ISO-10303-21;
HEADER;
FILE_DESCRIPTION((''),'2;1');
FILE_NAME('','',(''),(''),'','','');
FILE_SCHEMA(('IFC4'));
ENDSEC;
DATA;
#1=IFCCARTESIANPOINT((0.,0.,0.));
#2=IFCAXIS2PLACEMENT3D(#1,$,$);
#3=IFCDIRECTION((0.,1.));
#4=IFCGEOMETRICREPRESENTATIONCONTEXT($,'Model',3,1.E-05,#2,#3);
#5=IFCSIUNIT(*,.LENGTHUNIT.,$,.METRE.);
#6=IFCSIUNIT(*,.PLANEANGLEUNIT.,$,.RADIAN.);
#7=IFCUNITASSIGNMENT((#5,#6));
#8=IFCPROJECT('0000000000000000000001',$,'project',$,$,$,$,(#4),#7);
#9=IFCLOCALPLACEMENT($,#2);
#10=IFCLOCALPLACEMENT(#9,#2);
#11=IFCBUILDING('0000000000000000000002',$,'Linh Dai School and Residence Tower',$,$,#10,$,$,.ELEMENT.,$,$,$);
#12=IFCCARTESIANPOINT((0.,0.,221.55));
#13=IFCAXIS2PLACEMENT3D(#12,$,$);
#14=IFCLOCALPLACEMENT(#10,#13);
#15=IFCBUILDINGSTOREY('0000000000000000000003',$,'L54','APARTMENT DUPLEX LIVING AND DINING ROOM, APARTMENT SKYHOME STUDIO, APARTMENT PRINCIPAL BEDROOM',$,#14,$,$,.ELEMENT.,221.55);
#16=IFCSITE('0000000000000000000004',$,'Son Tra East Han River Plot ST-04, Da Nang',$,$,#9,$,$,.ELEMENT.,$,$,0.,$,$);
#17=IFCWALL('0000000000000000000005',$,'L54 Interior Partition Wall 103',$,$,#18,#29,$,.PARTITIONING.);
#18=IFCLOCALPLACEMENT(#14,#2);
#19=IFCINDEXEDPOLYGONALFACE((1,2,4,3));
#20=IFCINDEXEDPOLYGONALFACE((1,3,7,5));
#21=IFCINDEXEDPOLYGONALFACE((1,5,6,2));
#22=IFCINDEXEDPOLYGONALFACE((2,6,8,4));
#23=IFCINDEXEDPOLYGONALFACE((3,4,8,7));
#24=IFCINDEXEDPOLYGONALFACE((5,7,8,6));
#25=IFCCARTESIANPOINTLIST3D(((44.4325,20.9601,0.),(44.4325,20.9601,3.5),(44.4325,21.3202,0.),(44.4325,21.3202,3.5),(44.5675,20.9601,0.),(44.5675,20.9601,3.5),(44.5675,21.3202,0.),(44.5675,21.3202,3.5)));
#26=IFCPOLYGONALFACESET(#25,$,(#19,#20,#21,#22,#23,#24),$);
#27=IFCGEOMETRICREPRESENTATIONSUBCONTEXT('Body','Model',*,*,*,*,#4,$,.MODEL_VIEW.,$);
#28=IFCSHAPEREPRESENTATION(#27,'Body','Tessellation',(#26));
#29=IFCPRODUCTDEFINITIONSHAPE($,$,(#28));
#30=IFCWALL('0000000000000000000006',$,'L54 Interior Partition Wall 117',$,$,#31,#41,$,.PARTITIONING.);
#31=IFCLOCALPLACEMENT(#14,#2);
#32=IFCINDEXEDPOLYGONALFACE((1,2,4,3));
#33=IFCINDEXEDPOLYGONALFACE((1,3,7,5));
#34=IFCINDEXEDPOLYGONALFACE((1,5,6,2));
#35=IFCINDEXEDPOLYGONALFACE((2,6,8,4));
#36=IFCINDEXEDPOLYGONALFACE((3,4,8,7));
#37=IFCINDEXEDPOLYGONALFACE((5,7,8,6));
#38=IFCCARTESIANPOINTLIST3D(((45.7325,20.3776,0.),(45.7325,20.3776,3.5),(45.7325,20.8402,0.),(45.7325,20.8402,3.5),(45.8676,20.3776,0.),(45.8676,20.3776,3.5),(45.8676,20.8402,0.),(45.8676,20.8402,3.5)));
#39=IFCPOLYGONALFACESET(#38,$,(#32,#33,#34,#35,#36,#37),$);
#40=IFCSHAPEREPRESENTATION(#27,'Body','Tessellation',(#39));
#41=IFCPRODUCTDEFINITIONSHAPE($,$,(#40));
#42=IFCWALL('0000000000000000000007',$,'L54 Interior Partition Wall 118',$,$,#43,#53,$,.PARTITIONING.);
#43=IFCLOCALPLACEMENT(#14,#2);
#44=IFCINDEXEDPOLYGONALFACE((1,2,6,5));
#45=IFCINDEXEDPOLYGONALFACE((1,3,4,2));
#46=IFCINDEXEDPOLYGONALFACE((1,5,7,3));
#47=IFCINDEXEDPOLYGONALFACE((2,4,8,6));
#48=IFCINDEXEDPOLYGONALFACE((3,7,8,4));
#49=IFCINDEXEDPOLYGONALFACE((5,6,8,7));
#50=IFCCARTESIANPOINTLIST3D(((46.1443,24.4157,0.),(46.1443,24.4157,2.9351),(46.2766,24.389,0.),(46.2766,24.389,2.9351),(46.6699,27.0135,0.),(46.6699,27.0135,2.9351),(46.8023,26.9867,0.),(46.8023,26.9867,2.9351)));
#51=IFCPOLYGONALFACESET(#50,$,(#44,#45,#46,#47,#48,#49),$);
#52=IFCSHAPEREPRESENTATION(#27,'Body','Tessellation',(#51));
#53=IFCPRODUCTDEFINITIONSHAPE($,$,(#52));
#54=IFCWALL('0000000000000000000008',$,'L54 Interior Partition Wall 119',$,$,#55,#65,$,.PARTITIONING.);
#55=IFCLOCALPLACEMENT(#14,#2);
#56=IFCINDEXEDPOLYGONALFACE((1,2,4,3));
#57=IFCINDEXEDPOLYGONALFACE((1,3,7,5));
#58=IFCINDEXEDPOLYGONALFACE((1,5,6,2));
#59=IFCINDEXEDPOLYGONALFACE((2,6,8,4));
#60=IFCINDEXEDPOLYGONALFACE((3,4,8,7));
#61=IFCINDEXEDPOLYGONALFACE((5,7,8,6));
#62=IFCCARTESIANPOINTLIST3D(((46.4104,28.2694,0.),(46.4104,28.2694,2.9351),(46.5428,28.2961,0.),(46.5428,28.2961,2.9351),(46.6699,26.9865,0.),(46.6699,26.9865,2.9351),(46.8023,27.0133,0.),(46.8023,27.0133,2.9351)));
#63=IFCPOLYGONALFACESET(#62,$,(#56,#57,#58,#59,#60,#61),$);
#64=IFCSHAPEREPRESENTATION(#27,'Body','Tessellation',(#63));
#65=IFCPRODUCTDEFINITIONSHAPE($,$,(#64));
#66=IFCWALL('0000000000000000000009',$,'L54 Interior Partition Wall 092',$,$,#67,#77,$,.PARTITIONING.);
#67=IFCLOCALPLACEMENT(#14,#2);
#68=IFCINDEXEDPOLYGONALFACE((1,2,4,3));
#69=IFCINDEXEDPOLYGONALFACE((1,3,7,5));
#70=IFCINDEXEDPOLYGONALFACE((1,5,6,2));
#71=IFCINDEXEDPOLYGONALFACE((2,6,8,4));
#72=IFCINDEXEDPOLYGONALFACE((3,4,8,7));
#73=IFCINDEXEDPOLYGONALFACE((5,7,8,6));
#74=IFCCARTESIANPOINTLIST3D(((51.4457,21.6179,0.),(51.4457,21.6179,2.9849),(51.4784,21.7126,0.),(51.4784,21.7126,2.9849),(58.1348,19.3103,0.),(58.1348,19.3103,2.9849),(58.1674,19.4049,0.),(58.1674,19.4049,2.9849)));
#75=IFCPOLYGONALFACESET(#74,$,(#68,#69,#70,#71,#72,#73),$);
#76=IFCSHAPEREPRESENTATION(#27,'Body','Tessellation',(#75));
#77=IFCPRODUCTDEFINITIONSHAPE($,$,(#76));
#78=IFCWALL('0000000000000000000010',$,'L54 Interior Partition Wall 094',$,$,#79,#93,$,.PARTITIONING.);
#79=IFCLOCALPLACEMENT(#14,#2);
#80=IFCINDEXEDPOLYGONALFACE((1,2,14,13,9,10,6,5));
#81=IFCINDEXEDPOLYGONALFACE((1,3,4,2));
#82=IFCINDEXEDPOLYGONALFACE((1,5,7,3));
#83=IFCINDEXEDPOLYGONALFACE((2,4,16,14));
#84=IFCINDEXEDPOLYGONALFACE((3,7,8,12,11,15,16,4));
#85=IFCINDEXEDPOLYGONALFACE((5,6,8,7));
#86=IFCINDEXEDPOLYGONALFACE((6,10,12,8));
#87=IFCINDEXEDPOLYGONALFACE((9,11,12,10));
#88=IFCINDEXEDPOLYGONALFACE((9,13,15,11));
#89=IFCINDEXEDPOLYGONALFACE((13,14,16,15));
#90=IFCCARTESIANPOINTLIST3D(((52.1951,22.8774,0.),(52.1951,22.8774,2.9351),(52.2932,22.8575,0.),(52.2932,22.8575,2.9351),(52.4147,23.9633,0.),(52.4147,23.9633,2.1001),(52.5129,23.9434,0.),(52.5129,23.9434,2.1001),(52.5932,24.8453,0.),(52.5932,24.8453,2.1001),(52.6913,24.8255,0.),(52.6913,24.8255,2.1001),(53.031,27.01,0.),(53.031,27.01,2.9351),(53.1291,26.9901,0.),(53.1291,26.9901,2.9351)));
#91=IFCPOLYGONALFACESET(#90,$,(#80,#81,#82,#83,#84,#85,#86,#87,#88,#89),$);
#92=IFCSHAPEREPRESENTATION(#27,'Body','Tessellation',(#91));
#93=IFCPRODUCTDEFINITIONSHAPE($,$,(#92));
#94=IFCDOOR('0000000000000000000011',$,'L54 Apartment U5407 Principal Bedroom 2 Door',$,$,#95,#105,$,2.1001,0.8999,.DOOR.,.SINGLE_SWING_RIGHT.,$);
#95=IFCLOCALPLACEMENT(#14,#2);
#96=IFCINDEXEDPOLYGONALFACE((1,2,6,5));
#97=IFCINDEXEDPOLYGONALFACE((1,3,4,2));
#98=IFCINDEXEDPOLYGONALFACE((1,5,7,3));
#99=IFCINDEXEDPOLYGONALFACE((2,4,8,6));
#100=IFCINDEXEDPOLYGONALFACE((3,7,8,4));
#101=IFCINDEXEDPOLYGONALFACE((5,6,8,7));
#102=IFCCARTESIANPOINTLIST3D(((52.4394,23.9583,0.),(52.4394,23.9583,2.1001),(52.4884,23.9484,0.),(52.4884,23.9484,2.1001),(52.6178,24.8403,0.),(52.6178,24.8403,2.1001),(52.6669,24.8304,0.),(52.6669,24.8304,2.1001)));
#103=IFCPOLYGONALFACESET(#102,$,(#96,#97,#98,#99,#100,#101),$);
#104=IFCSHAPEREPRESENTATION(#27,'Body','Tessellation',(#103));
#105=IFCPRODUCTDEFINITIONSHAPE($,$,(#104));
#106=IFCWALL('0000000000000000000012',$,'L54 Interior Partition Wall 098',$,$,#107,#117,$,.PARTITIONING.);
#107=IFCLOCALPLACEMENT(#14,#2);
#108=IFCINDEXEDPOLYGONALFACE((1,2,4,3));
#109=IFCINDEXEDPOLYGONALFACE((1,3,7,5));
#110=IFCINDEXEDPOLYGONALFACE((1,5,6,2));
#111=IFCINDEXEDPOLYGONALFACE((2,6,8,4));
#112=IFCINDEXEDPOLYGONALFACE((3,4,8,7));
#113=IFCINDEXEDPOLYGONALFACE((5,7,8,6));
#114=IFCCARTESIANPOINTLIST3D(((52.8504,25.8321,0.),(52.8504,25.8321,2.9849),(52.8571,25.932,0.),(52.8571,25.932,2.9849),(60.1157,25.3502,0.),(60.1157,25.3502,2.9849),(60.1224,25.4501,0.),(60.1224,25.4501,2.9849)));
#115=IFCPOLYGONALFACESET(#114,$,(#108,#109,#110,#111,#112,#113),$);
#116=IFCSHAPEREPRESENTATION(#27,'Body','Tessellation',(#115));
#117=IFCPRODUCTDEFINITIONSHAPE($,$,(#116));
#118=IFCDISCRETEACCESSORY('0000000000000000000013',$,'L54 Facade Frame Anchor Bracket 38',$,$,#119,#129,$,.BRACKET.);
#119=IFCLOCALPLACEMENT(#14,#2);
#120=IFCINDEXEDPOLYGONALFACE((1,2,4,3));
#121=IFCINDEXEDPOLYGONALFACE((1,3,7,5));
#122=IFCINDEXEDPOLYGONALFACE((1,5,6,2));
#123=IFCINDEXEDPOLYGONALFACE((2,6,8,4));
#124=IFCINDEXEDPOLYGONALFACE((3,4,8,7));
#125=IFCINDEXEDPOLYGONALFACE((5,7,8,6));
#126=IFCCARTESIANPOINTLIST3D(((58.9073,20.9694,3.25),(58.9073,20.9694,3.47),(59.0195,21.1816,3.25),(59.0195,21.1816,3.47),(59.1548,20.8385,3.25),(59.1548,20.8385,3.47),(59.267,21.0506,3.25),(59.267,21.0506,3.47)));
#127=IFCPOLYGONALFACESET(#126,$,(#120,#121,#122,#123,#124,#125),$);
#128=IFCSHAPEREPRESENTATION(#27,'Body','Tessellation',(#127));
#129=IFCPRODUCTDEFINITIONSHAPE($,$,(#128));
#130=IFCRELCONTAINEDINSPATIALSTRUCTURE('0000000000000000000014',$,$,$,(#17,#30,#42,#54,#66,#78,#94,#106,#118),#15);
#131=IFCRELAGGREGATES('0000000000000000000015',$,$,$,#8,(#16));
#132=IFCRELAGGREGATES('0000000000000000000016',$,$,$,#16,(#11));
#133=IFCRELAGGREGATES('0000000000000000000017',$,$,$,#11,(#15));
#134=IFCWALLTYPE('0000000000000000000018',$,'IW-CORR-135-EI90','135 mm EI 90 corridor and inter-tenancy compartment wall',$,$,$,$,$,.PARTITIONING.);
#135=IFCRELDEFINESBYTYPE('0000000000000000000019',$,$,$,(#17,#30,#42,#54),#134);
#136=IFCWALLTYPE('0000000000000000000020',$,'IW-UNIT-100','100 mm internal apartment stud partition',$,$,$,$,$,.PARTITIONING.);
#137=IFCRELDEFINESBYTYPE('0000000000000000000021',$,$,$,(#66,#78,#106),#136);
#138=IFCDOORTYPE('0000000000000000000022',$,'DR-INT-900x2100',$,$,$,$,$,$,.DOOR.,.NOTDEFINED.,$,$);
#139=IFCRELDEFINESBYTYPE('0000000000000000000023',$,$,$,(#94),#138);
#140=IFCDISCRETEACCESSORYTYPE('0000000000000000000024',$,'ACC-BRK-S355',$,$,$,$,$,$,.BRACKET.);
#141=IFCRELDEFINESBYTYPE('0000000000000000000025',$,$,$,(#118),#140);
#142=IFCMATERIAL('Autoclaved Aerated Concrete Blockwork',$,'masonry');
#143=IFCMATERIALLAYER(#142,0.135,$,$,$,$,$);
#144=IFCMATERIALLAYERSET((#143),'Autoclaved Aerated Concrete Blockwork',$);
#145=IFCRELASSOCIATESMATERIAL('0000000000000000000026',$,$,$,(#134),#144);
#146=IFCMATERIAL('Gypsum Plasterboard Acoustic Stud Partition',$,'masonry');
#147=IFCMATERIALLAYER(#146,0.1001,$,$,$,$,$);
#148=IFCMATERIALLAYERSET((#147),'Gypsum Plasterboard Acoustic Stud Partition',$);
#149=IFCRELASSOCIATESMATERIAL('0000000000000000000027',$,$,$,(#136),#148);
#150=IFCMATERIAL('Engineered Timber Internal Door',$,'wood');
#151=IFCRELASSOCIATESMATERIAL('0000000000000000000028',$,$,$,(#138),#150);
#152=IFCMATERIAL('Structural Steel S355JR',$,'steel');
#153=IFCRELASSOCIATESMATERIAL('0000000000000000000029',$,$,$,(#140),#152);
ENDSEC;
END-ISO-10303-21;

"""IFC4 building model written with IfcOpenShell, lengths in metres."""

from ifc_helpers import new_model, si_unit, direction, frame, frame_2d, origin, origin_2d, place, context, subcontext, project, spatial, rectangle, extrude, source, transform, mapped, material, layer, layer_set, type_object, element, fill, save


model = new_model("IFC4")

# Units and contexts
model_context = context("Model", 3, precision=1e-05, world=origin(), true_north=direction((0.0, 1.0)))
body_context = subcontext(model_context, "Body", "Model", "MODEL_VIEW")
ifc_project = project(units=[si_unit("LENGTHUNIT", "METRE"), si_unit("PLANEANGLEUNIT", "RADIAN")], contexts=[model_context])

# Site, building, storey
site_placement = place(None, origin())
site = spatial("IfcSite", under=ifc_project, at=site_placement, Name="Son Tra East Han River Plot ST-04, Da Nang", CompositionType="ELEMENT", RefElevation=0.0)
building_placement = place(site_placement, origin())
building = spatial("IfcBuilding", under=site, at=building_placement, Name="Linh Dai School and Residence Tower", CompositionType="ELEMENT")
storey_placement = place(building_placement, frame((0.0, 0.0, 221.55)))
storey = spatial("IfcBuildingStorey", under=building, at=storey_placement, Name="L54", Description="APARTMENT DUPLEX LIVING AND DINING ROOM, APARTMENT SKYHOME STUDIO, APARTMENT PRINCIPAL BEDROOM", CompositionType="ELEMENT", Elevation=221.55)

# Shared definitions
ifc_material_1 = material(Name="Structural Steel S355JR", Category="steel")

# Walls
ifc_material_2 = material(Name="Autoclaved Aerated Concrete Blockwork", Category="masonry")
ifc_layer_1 = layer(ifc_material_2, 0.135)
ifc_layer_set_1 = layer_set([ifc_layer_1], Name="Autoclaved Aerated Concrete Blockwork")
wall_type_1 = type_object("IfcWallType", Name="IW-CORR-135-EI90", Description="135 mm EI 90 corridor and inter-tenancy compartment wall", PredefinedType="PARTITIONING", material=ifc_layer_set_1)
wall_1_placement = place(storey_placement, frame((44.5, 20.96, 0.0), z_axis=(0.0, 0.0, 1.0), x_axis=(0.0, 1.0, 0.0)))
element("IfcWall", 1, at=wall_1_placement, inside=storey, type_object=wall_type_1, Name="L54 Interior Partition Wall 103", PredefinedType="PARTITIONING", context=body_context, shape_type="SweptSolid", body=[
    extrude(rectangle(XDim=0.3601, YDim=0.135, at=frame_2d((0.1802, 0.0))), origin(), (0.0, 0.0, 1.0), 3.5),
])
wall_2_placement = place(storey_placement, frame((45.8, 20.3774, 0.0), z_axis=(0.0, 0.0, 1.0), x_axis=(0.0, 1.0, 0.0)))
element("IfcWall", 2, at=wall_2_placement, inside=storey, type_object=wall_type_1, Name="L54 Interior Partition Wall 117", PredefinedType="PARTITIONING", context=body_context, shape_type="SweptSolid", body=[
    extrude(rectangle(XDim=0.4626, YDim=0.135, at=frame_2d((0.2314, 0.0))), origin(), (0.0, 0.0, 1.0), 3.5),
])
wall_3_placement = place(storey_placement, frame((46.2104, 24.4023, 0.0), z_axis=(0.0, 0.0, 1.0), x_axis=(0.19833, 0.980135, 0.0)))
element("IfcWall", 3, at=wall_3_placement, inside=storey, type_object=wall_type_1, Name="L54 Interior Partition Wall 118", PredefinedType="PARTITIONING", context=body_context, shape_type="SweptSolid", body=[
    extrude(rectangle(XDim=2.6504, YDim=0.135, at=frame_2d((1.3252, 0.0))), origin(), (0.0, 0.0, 1.0), 2.9351),
])
wall_4_placement = place(storey_placement, frame((46.7361, 27.0, 0.0), z_axis=(0.0, 0.0, 1.0), x_axis=(-0.198268, 0.980148, 0.0)))
element("IfcWall", 4, at=wall_4_placement, inside=storey, type_object=wall_type_1, Name="L54 Interior Partition Wall 119", PredefinedType="PARTITIONING", context=body_context, shape_type="SweptSolid", body=[
    extrude(rectangle(XDim=1.3088, YDim=0.135, at=frame_2d((0.6543, 0.0))), origin(), (0.0, 0.0, 1.0), 2.9351),
])
ifc_material_3 = material(Name="Gypsum Plasterboard Acoustic Stud Partition", Category="masonry")
ifc_layer_2 = layer(ifc_material_3, 0.1001)
ifc_layer_set_2 = layer_set([ifc_layer_2], Name="Gypsum Plasterboard Acoustic Stud Partition")
wall_type_2 = type_object("IfcWallType", Name="IW-UNIT-100", Description="100 mm internal apartment stud partition", PredefinedType="PARTITIONING", material=ifc_layer_set_2)
wall_5_placement = place(storey_placement, frame((51.4619, 21.6653, 0.0), z_axis=(0.0, 0.0, 1.0), x_axis=(0.945326, -0.326127, 0.0)))
element("IfcWall", 5, at=wall_5_placement, inside=storey, type_object=wall_type_2, Name="L54 Interior Partition Wall 092", PredefinedType="PARTITIONING", context=body_context, shape_type="SweptSolid", body=[
    extrude(rectangle(XDim=7.0759, YDim=0.1001, at=frame_2d((3.5381, 0.0))), origin(), (0.0, 0.0, 1.0), 2.9849),
])

# Wall, opening, door
wall_6_placement = place(storey_placement, frame((52.2441, 22.8674, 0.0), z_axis=(0.0, 0.0, 1.0), x_axis=(0.198265, 0.980148, 0.0)))
wall_6 = element("IfcWall", 6, at=wall_6_placement, inside=storey, type_object=wall_type_2, Name="L54 Interior Partition Wall 094", PredefinedType="PARTITIONING", context=body_context, shape_type="SweptSolid", body=[
    extrude(rectangle(XDim=4.2163, YDim=0.1001, at=frame_2d((2.1082, 0.0))), origin(), (0.0, 0.0, 1.0), 2.9351),
])
opening_1_placement = place(wall_6_placement, frame((1.1079, 0.0, 0.0)))
opening_1 = element("IfcOpeningElement", 7, at=opening_1_placement, cuts=wall_6, PredefinedType="OPENING", context=body_context, shape_type="SweptSolid", body=[
    extrude(rectangle(XDim=0.8999, YDim=2.1001, at=origin_2d()), frame((0.45, 0.0601, 1.05), z_axis=(0.0, -1.0, 0.0), x_axis=(1.0, 0.0, 0.0)), (0.0, 0.0, 1.0), 0.1201),
])
ifc_material_4 = material(Name="Engineered Timber Internal Door", Category="wood")
door_type_1 = type_object("IfcDoorType", Name="DR-INT-900x2100", OperationType="NOTDEFINED", PredefinedType="DOOR", material=ifc_material_4)
shared_shape_1 = source(origin(), body_context, "Body", "SweptSolid", [
    extrude(rectangle(XDim=0.8999, YDim=2.1001, at=origin_2d()), frame((0.45, 0.0249, 1.05), z_axis=(0.0, -1.0, 0.0), x_axis=(1.0, 0.0, 0.0)), (0.0, 0.0, 1.0), 0.05),
])
door_1_placement = place(opening_1_placement, origin())
door_1 = element("IfcDoor", 8, at=door_1_placement, inside=storey, type_object=door_type_1, Name="L54 Apartment U5407 Principal Bedroom 2 Door", OperationType="SINGLE_SWING_RIGHT", OverallHeight=2.1001, OverallWidth=0.8999, PredefinedType="DOOR", context=body_context, shape_type="MappedRepresentation", body=[
    mapped(shared_shape_1, transform((0.0, 0.0, 0.0), x_axis=(1.0, 0.0, 0.0), y_axis=(0.0, 1.0, 0.0), z_axis=(0.0, 0.0, 1.0), scale=1.0)),
])
fill(opening_1, door_1)

# Wall
wall_7_placement = place(storey_placement, frame((52.8538, 25.8821, 0.0), z_axis=(0.0, 0.0, 1.0), x_axis=(0.997807, -0.066187, 0.0)))
element("IfcWall", 9, at=wall_7_placement, inside=storey, type_object=wall_type_2, Name="L54 Interior Partition Wall 098", PredefinedType="PARTITIONING", context=body_context, shape_type="SweptSolid", body=[
    extrude(rectangle(XDim=7.2812, YDim=0.1001, at=frame_2d((3.6406, 0.0))), origin(), (0.0, 0.0, 1.0), 2.9849),
])

# Discrete accessory
discrete_accessory_type = type_object("IfcDiscreteAccessoryType", Name="ACC-BRK-S355", PredefinedType="BRACKET", material=ifc_material_1)
shared_shape_2 = source(origin(), body_context, "Body", "SweptSolid", [
    extrude(rectangle(XDim=0.28, YDim=0.24, at=origin_2d()), origin(), (0.0, 0.0, 1.0), 0.22),
])
discrete_accessory_placement = place(storey_placement, frame((59.0872, 21.01, 3.25), z_axis=(0.0, 0.0, 1.0), x_axis=(0.883929, -0.467621, 0.0)))
element("IfcDiscreteAccessory", 10, at=discrete_accessory_placement, inside=storey, type_object=discrete_accessory_type, Name="L54 Facade Frame Anchor Bracket 38", PredefinedType="BRACKET", context=body_context, shape_type="MappedRepresentation", body=[
    mapped(shared_shape_2, transform((0.0, 0.0, 0.0), x_axis=(1.0, 0.0, 0.0), y_axis=(0.0, 1.0, 0.0), z_axis=(0.0, 0.0, 1.0), scale=1.0)),
])

save(model, "model.ifc")
